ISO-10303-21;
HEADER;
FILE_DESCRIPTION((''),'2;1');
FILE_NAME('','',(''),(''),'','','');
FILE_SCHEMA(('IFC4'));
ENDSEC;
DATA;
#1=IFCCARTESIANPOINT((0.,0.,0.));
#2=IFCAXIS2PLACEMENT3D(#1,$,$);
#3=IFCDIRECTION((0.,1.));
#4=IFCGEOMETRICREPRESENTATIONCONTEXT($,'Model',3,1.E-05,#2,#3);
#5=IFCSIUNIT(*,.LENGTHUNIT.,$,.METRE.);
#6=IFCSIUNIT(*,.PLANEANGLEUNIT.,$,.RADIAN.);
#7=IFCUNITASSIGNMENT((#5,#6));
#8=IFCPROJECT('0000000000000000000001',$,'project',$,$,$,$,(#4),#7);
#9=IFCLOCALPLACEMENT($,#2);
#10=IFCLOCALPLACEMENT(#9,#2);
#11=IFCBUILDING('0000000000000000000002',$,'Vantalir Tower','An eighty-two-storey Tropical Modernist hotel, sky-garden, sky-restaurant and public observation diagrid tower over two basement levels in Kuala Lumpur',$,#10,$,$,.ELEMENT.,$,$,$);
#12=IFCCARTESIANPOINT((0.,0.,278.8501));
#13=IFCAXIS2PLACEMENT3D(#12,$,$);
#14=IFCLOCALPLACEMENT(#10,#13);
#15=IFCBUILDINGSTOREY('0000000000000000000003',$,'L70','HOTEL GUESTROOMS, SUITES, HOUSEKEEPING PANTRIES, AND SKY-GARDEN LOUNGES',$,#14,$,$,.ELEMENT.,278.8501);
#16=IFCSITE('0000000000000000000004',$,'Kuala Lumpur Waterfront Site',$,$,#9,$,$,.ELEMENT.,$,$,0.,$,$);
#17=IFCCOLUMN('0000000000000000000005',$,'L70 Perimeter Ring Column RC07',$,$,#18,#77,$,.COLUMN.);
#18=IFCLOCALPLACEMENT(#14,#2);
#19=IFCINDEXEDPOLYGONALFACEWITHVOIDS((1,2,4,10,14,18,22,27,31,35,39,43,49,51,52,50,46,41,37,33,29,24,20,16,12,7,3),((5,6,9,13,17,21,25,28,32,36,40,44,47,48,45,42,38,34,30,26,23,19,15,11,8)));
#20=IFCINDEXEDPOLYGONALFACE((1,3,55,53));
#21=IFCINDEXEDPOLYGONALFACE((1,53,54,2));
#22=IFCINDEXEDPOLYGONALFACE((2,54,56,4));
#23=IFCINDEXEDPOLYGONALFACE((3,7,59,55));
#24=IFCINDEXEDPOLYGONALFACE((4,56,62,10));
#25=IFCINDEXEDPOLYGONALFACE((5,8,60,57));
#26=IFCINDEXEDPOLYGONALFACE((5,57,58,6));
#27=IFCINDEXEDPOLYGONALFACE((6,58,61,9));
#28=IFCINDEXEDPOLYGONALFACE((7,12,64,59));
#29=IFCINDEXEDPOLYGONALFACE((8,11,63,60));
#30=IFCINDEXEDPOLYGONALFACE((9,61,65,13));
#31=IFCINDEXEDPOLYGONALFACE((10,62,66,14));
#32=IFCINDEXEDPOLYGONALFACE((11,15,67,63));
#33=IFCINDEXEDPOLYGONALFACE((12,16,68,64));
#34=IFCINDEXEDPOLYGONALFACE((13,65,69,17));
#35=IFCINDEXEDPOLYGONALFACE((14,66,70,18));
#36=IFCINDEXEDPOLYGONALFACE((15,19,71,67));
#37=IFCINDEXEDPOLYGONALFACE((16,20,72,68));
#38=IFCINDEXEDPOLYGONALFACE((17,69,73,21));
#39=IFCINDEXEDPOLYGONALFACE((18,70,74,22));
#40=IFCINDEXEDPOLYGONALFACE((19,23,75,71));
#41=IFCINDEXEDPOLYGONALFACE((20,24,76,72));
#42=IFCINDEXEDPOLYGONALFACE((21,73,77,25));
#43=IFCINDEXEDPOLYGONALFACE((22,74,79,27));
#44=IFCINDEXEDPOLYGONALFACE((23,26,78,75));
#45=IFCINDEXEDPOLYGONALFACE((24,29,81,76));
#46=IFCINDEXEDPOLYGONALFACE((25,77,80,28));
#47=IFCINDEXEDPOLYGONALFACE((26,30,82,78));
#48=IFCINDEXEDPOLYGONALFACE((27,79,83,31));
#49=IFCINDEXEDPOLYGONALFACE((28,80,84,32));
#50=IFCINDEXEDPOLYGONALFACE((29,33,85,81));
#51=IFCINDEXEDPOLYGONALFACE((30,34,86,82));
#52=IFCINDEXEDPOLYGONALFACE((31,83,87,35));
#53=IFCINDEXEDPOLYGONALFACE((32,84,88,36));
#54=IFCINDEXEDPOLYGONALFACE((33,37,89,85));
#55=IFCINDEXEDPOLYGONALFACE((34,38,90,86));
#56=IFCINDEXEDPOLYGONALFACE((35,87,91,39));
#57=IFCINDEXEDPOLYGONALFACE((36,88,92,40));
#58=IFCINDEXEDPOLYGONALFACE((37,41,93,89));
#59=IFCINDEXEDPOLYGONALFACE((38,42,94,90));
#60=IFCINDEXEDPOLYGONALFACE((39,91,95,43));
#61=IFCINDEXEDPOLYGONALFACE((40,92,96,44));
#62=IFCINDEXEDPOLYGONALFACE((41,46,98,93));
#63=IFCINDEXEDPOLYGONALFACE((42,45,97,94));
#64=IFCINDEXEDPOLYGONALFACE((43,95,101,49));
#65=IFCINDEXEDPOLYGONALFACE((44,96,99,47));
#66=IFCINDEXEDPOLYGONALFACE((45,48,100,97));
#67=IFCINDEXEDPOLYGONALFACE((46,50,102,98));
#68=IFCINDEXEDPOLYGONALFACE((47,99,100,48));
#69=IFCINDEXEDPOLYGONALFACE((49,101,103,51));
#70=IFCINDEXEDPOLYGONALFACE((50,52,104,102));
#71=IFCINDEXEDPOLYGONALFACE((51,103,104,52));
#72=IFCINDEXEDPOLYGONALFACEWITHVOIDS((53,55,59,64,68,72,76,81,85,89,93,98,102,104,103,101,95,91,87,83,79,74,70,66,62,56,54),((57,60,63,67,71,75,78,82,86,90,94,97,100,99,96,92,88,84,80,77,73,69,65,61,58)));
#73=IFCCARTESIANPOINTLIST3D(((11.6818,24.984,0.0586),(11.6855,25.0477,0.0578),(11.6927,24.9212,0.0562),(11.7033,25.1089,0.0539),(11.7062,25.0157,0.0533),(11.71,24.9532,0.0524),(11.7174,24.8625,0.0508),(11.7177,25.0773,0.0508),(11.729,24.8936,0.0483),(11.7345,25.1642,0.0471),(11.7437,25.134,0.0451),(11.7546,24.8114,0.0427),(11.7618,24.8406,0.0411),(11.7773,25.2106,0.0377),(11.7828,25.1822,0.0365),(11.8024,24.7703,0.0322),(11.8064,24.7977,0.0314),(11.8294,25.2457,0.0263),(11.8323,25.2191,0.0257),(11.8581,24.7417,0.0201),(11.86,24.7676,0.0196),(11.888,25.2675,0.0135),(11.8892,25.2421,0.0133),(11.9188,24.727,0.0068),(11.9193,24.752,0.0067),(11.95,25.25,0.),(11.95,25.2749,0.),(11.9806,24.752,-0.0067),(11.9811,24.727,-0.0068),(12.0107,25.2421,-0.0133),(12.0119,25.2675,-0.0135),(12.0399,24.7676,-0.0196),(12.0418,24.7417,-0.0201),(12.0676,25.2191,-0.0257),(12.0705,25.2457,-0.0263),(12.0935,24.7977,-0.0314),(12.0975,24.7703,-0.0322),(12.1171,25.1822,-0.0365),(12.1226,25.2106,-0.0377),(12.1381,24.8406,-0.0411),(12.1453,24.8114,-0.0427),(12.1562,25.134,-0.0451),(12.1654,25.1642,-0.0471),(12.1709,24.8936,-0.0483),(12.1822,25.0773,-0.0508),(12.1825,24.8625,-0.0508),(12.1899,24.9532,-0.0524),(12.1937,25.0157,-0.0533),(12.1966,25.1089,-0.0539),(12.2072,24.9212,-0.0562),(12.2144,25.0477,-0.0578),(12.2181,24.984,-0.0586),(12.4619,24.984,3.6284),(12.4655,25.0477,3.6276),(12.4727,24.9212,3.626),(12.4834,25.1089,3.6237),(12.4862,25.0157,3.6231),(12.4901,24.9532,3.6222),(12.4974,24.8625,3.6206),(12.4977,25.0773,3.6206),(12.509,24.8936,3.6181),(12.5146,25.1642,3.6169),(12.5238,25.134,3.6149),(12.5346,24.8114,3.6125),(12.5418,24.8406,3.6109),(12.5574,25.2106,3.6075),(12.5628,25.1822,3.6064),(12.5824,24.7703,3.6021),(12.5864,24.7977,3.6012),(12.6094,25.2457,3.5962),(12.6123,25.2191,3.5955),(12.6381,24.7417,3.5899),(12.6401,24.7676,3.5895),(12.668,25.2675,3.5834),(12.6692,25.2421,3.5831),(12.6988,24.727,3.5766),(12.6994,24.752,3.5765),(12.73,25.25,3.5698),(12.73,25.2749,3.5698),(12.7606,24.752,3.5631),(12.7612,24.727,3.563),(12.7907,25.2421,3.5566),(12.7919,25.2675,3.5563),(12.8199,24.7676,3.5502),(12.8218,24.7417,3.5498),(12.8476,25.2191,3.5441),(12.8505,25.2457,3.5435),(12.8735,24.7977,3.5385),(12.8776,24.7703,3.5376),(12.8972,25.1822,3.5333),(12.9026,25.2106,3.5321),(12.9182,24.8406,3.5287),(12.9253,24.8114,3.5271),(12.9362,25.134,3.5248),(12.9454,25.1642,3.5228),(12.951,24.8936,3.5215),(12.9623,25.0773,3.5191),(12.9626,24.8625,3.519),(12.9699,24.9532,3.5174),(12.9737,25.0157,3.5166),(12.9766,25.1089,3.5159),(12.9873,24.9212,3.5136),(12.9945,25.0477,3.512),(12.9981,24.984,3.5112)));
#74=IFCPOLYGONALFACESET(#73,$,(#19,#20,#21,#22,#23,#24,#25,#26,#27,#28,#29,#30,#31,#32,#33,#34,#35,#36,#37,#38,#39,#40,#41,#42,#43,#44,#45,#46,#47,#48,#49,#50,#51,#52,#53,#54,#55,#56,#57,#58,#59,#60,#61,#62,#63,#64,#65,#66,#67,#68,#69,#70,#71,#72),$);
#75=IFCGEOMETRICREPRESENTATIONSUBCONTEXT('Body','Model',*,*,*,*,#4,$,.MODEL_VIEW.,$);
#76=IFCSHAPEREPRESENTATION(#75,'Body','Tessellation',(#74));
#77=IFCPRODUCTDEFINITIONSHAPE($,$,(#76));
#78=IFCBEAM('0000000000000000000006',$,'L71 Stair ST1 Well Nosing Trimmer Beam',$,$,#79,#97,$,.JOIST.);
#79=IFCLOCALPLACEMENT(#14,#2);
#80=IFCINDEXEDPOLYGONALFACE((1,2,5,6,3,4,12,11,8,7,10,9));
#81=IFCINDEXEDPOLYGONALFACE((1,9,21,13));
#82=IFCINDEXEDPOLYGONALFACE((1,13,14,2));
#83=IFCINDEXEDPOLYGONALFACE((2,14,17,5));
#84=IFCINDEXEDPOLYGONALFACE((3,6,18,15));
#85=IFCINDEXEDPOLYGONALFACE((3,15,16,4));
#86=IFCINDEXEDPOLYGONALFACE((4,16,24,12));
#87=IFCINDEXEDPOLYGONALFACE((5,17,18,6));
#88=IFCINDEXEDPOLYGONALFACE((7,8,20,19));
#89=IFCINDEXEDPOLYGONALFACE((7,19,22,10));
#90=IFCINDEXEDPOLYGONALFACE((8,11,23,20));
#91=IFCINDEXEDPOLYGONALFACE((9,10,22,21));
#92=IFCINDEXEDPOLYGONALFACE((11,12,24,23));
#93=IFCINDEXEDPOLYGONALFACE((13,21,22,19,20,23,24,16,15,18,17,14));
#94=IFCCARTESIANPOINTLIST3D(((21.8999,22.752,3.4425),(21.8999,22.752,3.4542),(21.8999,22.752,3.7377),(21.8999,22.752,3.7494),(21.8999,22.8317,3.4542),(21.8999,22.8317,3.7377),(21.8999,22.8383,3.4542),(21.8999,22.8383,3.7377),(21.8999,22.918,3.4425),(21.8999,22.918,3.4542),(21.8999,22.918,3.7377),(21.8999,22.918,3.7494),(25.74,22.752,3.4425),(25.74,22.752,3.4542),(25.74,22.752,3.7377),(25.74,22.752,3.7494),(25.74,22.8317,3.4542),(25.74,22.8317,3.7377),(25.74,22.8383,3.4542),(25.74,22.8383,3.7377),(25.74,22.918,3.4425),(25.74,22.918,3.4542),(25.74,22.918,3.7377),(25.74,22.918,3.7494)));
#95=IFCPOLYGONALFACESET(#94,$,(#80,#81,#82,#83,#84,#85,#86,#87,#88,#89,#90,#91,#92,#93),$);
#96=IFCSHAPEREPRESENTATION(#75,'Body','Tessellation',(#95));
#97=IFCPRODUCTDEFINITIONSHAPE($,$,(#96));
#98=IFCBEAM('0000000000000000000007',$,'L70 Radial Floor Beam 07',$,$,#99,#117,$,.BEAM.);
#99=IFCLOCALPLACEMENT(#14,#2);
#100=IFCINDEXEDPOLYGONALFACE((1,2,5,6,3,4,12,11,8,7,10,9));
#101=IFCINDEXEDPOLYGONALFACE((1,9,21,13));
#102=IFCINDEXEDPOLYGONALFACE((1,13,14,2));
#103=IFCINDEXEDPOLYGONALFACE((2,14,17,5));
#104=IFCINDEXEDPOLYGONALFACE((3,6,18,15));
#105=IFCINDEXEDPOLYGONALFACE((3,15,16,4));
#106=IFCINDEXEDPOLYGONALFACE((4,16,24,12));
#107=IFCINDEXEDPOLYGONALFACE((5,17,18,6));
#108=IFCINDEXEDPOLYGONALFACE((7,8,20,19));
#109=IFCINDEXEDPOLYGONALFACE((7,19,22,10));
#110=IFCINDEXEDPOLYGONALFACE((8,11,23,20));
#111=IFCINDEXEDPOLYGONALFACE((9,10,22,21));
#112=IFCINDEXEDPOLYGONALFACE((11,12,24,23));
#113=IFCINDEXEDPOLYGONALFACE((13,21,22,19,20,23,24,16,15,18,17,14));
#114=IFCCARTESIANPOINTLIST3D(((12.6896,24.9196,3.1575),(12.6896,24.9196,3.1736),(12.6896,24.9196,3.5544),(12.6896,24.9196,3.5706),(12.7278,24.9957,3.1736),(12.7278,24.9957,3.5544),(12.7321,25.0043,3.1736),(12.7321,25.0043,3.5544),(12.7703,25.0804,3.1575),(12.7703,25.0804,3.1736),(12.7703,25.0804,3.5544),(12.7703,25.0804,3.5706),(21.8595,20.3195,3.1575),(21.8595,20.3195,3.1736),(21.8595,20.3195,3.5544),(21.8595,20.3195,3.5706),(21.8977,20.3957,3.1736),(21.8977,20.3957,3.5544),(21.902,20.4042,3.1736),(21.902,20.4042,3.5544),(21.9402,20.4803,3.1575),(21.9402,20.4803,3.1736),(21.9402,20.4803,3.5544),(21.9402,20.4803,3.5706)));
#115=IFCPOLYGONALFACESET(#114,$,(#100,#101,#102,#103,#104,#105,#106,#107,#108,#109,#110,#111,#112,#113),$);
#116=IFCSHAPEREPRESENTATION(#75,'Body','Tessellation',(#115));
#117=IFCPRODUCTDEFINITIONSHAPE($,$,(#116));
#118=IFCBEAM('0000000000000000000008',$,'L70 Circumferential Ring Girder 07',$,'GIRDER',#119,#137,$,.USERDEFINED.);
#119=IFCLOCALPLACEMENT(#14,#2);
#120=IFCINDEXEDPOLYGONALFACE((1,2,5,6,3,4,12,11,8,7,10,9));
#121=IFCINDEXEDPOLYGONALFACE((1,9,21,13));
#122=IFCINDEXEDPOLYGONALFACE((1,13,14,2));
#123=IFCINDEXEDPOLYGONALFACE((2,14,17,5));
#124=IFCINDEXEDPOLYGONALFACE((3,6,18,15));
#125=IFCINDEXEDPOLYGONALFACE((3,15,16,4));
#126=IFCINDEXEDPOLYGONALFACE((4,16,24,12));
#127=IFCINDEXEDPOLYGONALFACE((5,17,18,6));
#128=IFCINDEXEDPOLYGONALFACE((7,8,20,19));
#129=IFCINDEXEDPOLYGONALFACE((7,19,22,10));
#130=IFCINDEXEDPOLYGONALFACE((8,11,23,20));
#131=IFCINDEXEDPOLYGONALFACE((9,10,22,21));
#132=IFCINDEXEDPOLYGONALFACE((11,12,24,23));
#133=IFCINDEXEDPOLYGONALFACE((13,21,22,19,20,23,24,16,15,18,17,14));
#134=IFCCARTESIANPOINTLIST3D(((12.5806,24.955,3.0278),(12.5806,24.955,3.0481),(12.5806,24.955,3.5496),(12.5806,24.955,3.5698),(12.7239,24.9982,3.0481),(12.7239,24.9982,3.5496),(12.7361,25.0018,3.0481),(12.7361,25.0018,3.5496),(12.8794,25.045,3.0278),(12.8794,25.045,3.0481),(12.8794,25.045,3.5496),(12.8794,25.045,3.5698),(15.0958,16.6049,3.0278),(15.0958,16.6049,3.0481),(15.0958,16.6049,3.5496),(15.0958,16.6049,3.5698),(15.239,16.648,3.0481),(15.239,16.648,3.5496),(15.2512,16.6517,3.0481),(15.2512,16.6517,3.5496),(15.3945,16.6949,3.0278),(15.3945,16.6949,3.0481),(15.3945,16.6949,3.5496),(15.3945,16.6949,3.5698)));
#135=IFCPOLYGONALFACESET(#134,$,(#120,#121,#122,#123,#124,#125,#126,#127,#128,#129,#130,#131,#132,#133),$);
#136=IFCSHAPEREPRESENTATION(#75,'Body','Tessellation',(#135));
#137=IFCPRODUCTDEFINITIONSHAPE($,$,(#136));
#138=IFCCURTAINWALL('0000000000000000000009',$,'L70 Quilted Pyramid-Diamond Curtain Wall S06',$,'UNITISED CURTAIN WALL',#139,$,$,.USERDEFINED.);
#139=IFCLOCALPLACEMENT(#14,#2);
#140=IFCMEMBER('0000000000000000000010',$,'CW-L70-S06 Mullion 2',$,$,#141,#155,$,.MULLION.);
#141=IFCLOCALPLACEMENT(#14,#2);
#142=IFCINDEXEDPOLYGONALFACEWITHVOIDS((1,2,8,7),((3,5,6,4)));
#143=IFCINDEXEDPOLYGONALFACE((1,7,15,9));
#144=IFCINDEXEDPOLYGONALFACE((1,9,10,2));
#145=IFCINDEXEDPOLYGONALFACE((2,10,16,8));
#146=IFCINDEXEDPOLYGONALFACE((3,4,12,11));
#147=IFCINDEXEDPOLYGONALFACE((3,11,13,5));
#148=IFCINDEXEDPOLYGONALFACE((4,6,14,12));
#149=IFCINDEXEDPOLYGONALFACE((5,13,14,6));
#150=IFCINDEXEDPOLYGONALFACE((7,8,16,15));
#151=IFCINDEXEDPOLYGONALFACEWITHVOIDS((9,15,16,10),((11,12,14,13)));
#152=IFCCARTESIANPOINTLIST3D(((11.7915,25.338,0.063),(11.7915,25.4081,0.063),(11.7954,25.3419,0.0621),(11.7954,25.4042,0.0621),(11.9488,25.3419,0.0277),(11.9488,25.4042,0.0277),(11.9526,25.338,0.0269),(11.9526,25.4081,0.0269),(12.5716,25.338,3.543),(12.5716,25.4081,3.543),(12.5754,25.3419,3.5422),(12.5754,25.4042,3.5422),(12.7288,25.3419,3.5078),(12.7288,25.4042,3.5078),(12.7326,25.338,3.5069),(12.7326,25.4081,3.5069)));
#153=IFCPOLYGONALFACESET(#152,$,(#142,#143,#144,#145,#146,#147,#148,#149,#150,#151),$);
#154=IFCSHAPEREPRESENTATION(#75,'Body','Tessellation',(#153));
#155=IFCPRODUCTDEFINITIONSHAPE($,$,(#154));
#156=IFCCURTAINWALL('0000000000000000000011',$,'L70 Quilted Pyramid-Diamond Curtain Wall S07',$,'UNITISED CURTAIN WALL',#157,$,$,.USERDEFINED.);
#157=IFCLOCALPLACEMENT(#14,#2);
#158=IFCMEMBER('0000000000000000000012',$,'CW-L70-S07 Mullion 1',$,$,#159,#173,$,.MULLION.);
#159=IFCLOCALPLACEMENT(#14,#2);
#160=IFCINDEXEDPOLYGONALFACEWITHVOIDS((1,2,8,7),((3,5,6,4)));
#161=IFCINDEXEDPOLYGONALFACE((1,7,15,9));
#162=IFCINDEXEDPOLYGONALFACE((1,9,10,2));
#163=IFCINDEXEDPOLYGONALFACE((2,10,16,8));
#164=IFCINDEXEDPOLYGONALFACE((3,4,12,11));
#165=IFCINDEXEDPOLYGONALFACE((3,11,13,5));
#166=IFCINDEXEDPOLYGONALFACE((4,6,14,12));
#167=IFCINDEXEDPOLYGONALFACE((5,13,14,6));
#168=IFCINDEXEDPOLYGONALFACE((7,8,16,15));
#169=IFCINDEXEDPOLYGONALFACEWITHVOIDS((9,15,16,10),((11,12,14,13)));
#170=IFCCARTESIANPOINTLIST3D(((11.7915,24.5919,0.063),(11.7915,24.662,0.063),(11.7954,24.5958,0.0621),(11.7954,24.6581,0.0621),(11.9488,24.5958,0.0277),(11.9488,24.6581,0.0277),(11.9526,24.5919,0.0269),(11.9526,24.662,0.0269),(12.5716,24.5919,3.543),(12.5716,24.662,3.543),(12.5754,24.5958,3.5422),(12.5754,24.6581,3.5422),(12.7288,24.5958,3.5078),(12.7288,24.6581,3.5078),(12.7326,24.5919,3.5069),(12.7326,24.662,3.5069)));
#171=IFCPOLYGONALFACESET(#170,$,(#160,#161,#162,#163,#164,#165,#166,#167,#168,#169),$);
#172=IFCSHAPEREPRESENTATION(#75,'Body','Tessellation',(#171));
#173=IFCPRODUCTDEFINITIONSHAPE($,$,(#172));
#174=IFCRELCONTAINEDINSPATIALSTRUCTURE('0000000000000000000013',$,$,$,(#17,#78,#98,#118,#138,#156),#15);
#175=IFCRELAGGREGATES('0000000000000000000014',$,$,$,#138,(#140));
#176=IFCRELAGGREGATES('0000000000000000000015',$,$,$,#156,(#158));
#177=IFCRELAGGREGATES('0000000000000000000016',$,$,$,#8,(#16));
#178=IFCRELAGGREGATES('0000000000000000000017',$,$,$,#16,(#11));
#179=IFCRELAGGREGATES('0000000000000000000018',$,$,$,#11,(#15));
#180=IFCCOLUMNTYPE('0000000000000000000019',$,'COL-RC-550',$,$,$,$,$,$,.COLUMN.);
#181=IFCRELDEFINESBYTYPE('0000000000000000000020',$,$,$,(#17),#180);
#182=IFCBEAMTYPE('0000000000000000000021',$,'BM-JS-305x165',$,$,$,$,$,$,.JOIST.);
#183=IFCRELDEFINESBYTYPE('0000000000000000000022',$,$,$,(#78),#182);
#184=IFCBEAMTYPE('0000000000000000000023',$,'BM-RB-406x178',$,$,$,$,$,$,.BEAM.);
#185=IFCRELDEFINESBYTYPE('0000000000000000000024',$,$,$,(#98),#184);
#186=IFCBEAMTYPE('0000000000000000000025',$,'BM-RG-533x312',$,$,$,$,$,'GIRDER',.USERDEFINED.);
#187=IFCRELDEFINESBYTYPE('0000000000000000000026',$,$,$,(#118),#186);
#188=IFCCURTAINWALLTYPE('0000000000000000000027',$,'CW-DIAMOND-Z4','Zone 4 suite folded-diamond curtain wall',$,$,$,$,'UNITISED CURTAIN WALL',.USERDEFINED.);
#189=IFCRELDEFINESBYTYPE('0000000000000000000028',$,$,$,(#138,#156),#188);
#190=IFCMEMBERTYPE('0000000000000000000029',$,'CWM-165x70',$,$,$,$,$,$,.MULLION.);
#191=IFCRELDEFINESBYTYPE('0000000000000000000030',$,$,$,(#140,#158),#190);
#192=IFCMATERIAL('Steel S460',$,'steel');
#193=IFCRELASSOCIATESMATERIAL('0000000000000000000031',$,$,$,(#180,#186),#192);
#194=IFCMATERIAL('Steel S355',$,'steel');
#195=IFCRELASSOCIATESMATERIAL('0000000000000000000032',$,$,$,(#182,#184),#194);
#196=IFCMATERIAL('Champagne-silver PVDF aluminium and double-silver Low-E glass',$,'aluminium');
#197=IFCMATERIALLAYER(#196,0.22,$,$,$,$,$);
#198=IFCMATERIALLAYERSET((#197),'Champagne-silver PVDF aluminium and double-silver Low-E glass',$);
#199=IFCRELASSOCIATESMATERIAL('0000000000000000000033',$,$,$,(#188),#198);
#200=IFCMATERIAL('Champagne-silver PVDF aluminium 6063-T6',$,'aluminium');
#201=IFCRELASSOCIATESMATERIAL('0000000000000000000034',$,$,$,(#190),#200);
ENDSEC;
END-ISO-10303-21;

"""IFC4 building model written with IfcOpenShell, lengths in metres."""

from ifc_helpers import new_model, si_unit, direction, frame, origin, origin_2d, place, context, subcontext, project, spatial, hollow_rectangle, hollow_circle, i_section, extrude, material, layer, layer_set, material_profile, profile_set, type_object, element, aggregate, save


model = new_model("IFC4")

# Units and contexts
model_context = context("Model", 3, precision=1e-05, world=origin(), true_north=direction((0.0, 1.0)))
body_context = subcontext(model_context, "Body", "Model", "MODEL_VIEW")
ifc_project = project(units=[si_unit("LENGTHUNIT", "METRE"), si_unit("PLANEANGLEUNIT", "RADIAN")], contexts=[model_context])

# Site, building, storey
site_placement = place(None, origin())
site = spatial("IfcSite", under=ifc_project, at=site_placement, Name="Kuala Lumpur Waterfront Site", CompositionType="ELEMENT", RefElevation=0.0)
building_placement = place(site_placement, origin())
building = spatial("IfcBuilding", under=site, at=building_placement, Name="Vantalir Tower", Description="An eighty-two-storey Tropical Modernist hotel, sky-garden, sky-restaurant and public observation diagrid tower over two basement levels in Kuala Lumpur", CompositionType="ELEMENT")
storey_placement = place(building_placement, frame((0.0, 0.0, 278.8501)))
storey = spatial("IfcBuildingStorey", under=building, at=storey_placement, Name="L70", Description="HOTEL GUESTROOMS, SUITES, HOUSEKEEPING PANTRIES, AND SKY-GARDEN LOUNGES", CompositionType="ELEMENT", Elevation=278.8501)

# Column
ifc_material_1 = material(Name="Steel S460", Category="steel")
ifc_material_profile_1 = material_profile(ifc_material_1, hollow_circle(Radius=0.2749, WallThickness=0.0249, at=origin_2d()), Name="Steel S460")
ifc_profile_set_1 = profile_set([ifc_material_profile_1], Name="Steel S460")
column_type = type_object("IfcColumnType", Name="COL-RC-550", PredefinedType="COLUMN", material=ifc_profile_set_1)
column_placement = place(storey_placement, frame((11.95, 25.0, 0.0), z_axis=(0.21347, 0.0, 0.97695), x_axis=(0.0, 1.0, 0.0)))
element("IfcColumn", 1, at=column_placement, inside=storey, type_object=column_type, Name="L70 Perimeter Ring Column RC07", PredefinedType="COLUMN", context=body_context, shape_type="SweptSolid", body=[
    extrude(hollow_circle(Radius=0.2749, WallThickness=0.0249, at=origin_2d()), origin(), (0.0, 0.0, 1.0), 3.6541),
])

# Beams
ifc_material_2 = material(Name="Steel S355", Category="steel")
ifc_material_profile_2 = material_profile(ifc_material_2, i_section(OverallWidth=0.166, OverallDepth=0.3069, WebThickness=0.0066, FlangeThickness=0.0117, at=origin_2d()), Name="Steel S355")
ifc_profile_set_2 = profile_set([ifc_material_profile_2], Name="Steel S355")
beam_type_1 = type_object("IfcBeamType", Name="BM-JS-305x165", PredefinedType="JOIST", material=ifc_profile_set_2)
beam_1_placement = place(storey_placement, frame((21.8999, 22.835, 3.5959), z_axis=(1.0, 0.0, 0.0), x_axis=(0.0, 1.0, 0.0)))
element("IfcBeam", 2, at=beam_1_placement, inside=storey, type_object=beam_type_1, Name="L71 Stair ST1 Well Nosing Trimmer Beam", PredefinedType="JOIST", context=body_context, shape_type="SweptSolid", body=[
    extrude(i_section(OverallWidth=0.166, OverallDepth=0.3069, WebThickness=0.0066, FlangeThickness=0.0117, at=origin_2d()), origin(), (0.0, 0.0, 1.0), 3.8401),
])
ifc_material_profile_3 = material_profile(ifc_material_2, i_section(OverallWidth=0.1799, OverallDepth=0.4131, WebThickness=0.0095, FlangeThickness=0.0161, at=origin_2d()), Name="Steel S355")
ifc_profile_set_3 = profile_set([ifc_material_profile_3], Name="Steel S355")
beam_type_2 = type_object("IfcBeamType", Name="BM-RB-406x178", PredefinedType="BEAM", material=ifc_profile_set_3)
beam_2_placement = place(storey_placement, frame((12.73, 25.0, 3.364), z_axis=(0.893836, -0.448394, 0.0), x_axis=(0.448394, 0.893836, 0.0)))
element("IfcBeam", 3, at=beam_2_placement, inside=storey, type_object=beam_type_2, Name="L70 Radial Floor Beam 07", PredefinedType="BEAM", context=body_context, shape_type="SweptSolid", body=[
    extrude(i_section(OverallWidth=0.1799, OverallDepth=0.4131, WebThickness=0.0095, FlangeThickness=0.0161, at=origin_2d()), origin(), (0.0, 0.0, 1.0), 10.259),
])
ifc_material_profile_4 = material_profile(ifc_material_1, i_section(OverallWidth=0.312, OverallDepth=0.542, WebThickness=0.0127, FlangeThickness=0.0203, at=origin_2d()), Name="Steel S460")
ifc_profile_set_4 = profile_set([ifc_material_profile_4], Name="Steel S460")
beam_type_3 = type_object("IfcBeamType", Name="BM-RG-533x312", ElementType="GIRDER", PredefinedType="USERDEFINED", material=ifc_profile_set_4)
beam_3_placement = place(storey_placement, frame((12.73, 25.0, 3.2988), z_axis=(0.288411, -0.957507, 0.0), x_axis=(0.957507, 0.288411, 0.0)))
element("IfcBeam", 4, at=beam_3_placement, inside=storey, type_object=beam_type_3, Name="L70 Circumferential Ring Girder 07", ObjectType="GIRDER", PredefinedType="USERDEFINED", context=body_context, shape_type="SweptSolid", body=[
    extrude(i_section(OverallWidth=0.312, OverallDepth=0.542, WebThickness=0.0127, FlangeThickness=0.0203, at=origin_2d()), origin(), (0.0, 0.0, 1.0), 8.7207),
])

# Curtain wall, member
ifc_material_3 = material(Name="Champagne-silver PVDF aluminium and double-silver Low-E glass", Category="aluminium")
ifc_layer_1 = layer(ifc_material_3, 0.22)
ifc_layer_set_1 = layer_set([ifc_layer_1], Name="Champagne-silver PVDF aluminium and double-silver Low-E glass")
curtain_wall_type = type_object("IfcCurtainWallType", Name="CW-DIAMOND-Z4", Description="Zone 4 suite folded-diamond curtain wall", ElementType="UNITISED CURTAIN WALL", PredefinedType="USERDEFINED", material=ifc_layer_set_1)
curtain_wall_1_placement = place(storey_placement, origin())
curtain_wall_1 = element("IfcCurtainWall", 5, at=curtain_wall_1_placement, inside=storey, type_object=curtain_wall_type, Name="L70 Quilted Pyramid-Diamond Curtain Wall S06", ObjectType="UNITISED CURTAIN WALL", PredefinedType="USERDEFINED")
ifc_material_4 = material(Name="Champagne-silver PVDF aluminium 6063-T6", Category="aluminium")
ifc_material_profile_5 = material_profile(ifc_material_4, hollow_rectangle(XDim=0.0701, YDim=0.165, WallThickness=0.0039, at=origin_2d()), Name="Champagne-silver PVDF aluminium 6063-T6")
ifc_profile_set_5 = profile_set([ifc_material_profile_5], Name="Champagne-silver PVDF aluminium 6063-T6")
member_type_1 = type_object("IfcMemberType", Name="CWM-165x70", PredefinedType="MULLION", material=ifc_profile_set_5)
member_1_placement = place(storey_placement, frame((11.8721, 25.373, 0.0449), z_axis=(0.21872, 0.0, 0.975788), x_axis=(0.0, 1.0, 0.0)))
member_1 = element("IfcMember", 6, at=member_1_placement, type_object=member_type_1, Name="CW-L70-S06 Mullion 2", PredefinedType="MULLION", context=body_context, shape_type="SweptSolid", body=[
    extrude(hollow_rectangle(XDim=0.0701, YDim=0.165, WallThickness=0.0039, at=origin_2d()), origin(), (0.0, 0.0, 1.0), 3.5664),
])

# Curtain wall, member
curtain_wall_2_placement = place(storey_placement, origin())
curtain_wall_2 = element("IfcCurtainWall", 7, at=curtain_wall_2_placement, inside=storey, type_object=curtain_wall_type, Name="L70 Quilted Pyramid-Diamond Curtain Wall S07", ObjectType="UNITISED CURTAIN WALL", PredefinedType="USERDEFINED")
member_2_placement = place(storey_placement, frame((11.8721, 24.627, 0.0449), z_axis=(0.21872, 0.0, 0.975788), x_axis=(0.0, 1.0, 0.0)))
member_2 = element("IfcMember", 8, at=member_2_placement, type_object=member_type_1, Name="CW-L70-S07 Mullion 1", PredefinedType="MULLION", context=body_context, shape_type="SweptSolid", body=[
    extrude(hollow_rectangle(XDim=0.0701, YDim=0.165, WallThickness=0.0039, at=origin_2d()), origin(), (0.0, 0.0, 1.0), 3.5664),
])

aggregate(curtain_wall_1, [member_1])
aggregate(curtain_wall_2, [member_2])

save(model, "model.ifc")
